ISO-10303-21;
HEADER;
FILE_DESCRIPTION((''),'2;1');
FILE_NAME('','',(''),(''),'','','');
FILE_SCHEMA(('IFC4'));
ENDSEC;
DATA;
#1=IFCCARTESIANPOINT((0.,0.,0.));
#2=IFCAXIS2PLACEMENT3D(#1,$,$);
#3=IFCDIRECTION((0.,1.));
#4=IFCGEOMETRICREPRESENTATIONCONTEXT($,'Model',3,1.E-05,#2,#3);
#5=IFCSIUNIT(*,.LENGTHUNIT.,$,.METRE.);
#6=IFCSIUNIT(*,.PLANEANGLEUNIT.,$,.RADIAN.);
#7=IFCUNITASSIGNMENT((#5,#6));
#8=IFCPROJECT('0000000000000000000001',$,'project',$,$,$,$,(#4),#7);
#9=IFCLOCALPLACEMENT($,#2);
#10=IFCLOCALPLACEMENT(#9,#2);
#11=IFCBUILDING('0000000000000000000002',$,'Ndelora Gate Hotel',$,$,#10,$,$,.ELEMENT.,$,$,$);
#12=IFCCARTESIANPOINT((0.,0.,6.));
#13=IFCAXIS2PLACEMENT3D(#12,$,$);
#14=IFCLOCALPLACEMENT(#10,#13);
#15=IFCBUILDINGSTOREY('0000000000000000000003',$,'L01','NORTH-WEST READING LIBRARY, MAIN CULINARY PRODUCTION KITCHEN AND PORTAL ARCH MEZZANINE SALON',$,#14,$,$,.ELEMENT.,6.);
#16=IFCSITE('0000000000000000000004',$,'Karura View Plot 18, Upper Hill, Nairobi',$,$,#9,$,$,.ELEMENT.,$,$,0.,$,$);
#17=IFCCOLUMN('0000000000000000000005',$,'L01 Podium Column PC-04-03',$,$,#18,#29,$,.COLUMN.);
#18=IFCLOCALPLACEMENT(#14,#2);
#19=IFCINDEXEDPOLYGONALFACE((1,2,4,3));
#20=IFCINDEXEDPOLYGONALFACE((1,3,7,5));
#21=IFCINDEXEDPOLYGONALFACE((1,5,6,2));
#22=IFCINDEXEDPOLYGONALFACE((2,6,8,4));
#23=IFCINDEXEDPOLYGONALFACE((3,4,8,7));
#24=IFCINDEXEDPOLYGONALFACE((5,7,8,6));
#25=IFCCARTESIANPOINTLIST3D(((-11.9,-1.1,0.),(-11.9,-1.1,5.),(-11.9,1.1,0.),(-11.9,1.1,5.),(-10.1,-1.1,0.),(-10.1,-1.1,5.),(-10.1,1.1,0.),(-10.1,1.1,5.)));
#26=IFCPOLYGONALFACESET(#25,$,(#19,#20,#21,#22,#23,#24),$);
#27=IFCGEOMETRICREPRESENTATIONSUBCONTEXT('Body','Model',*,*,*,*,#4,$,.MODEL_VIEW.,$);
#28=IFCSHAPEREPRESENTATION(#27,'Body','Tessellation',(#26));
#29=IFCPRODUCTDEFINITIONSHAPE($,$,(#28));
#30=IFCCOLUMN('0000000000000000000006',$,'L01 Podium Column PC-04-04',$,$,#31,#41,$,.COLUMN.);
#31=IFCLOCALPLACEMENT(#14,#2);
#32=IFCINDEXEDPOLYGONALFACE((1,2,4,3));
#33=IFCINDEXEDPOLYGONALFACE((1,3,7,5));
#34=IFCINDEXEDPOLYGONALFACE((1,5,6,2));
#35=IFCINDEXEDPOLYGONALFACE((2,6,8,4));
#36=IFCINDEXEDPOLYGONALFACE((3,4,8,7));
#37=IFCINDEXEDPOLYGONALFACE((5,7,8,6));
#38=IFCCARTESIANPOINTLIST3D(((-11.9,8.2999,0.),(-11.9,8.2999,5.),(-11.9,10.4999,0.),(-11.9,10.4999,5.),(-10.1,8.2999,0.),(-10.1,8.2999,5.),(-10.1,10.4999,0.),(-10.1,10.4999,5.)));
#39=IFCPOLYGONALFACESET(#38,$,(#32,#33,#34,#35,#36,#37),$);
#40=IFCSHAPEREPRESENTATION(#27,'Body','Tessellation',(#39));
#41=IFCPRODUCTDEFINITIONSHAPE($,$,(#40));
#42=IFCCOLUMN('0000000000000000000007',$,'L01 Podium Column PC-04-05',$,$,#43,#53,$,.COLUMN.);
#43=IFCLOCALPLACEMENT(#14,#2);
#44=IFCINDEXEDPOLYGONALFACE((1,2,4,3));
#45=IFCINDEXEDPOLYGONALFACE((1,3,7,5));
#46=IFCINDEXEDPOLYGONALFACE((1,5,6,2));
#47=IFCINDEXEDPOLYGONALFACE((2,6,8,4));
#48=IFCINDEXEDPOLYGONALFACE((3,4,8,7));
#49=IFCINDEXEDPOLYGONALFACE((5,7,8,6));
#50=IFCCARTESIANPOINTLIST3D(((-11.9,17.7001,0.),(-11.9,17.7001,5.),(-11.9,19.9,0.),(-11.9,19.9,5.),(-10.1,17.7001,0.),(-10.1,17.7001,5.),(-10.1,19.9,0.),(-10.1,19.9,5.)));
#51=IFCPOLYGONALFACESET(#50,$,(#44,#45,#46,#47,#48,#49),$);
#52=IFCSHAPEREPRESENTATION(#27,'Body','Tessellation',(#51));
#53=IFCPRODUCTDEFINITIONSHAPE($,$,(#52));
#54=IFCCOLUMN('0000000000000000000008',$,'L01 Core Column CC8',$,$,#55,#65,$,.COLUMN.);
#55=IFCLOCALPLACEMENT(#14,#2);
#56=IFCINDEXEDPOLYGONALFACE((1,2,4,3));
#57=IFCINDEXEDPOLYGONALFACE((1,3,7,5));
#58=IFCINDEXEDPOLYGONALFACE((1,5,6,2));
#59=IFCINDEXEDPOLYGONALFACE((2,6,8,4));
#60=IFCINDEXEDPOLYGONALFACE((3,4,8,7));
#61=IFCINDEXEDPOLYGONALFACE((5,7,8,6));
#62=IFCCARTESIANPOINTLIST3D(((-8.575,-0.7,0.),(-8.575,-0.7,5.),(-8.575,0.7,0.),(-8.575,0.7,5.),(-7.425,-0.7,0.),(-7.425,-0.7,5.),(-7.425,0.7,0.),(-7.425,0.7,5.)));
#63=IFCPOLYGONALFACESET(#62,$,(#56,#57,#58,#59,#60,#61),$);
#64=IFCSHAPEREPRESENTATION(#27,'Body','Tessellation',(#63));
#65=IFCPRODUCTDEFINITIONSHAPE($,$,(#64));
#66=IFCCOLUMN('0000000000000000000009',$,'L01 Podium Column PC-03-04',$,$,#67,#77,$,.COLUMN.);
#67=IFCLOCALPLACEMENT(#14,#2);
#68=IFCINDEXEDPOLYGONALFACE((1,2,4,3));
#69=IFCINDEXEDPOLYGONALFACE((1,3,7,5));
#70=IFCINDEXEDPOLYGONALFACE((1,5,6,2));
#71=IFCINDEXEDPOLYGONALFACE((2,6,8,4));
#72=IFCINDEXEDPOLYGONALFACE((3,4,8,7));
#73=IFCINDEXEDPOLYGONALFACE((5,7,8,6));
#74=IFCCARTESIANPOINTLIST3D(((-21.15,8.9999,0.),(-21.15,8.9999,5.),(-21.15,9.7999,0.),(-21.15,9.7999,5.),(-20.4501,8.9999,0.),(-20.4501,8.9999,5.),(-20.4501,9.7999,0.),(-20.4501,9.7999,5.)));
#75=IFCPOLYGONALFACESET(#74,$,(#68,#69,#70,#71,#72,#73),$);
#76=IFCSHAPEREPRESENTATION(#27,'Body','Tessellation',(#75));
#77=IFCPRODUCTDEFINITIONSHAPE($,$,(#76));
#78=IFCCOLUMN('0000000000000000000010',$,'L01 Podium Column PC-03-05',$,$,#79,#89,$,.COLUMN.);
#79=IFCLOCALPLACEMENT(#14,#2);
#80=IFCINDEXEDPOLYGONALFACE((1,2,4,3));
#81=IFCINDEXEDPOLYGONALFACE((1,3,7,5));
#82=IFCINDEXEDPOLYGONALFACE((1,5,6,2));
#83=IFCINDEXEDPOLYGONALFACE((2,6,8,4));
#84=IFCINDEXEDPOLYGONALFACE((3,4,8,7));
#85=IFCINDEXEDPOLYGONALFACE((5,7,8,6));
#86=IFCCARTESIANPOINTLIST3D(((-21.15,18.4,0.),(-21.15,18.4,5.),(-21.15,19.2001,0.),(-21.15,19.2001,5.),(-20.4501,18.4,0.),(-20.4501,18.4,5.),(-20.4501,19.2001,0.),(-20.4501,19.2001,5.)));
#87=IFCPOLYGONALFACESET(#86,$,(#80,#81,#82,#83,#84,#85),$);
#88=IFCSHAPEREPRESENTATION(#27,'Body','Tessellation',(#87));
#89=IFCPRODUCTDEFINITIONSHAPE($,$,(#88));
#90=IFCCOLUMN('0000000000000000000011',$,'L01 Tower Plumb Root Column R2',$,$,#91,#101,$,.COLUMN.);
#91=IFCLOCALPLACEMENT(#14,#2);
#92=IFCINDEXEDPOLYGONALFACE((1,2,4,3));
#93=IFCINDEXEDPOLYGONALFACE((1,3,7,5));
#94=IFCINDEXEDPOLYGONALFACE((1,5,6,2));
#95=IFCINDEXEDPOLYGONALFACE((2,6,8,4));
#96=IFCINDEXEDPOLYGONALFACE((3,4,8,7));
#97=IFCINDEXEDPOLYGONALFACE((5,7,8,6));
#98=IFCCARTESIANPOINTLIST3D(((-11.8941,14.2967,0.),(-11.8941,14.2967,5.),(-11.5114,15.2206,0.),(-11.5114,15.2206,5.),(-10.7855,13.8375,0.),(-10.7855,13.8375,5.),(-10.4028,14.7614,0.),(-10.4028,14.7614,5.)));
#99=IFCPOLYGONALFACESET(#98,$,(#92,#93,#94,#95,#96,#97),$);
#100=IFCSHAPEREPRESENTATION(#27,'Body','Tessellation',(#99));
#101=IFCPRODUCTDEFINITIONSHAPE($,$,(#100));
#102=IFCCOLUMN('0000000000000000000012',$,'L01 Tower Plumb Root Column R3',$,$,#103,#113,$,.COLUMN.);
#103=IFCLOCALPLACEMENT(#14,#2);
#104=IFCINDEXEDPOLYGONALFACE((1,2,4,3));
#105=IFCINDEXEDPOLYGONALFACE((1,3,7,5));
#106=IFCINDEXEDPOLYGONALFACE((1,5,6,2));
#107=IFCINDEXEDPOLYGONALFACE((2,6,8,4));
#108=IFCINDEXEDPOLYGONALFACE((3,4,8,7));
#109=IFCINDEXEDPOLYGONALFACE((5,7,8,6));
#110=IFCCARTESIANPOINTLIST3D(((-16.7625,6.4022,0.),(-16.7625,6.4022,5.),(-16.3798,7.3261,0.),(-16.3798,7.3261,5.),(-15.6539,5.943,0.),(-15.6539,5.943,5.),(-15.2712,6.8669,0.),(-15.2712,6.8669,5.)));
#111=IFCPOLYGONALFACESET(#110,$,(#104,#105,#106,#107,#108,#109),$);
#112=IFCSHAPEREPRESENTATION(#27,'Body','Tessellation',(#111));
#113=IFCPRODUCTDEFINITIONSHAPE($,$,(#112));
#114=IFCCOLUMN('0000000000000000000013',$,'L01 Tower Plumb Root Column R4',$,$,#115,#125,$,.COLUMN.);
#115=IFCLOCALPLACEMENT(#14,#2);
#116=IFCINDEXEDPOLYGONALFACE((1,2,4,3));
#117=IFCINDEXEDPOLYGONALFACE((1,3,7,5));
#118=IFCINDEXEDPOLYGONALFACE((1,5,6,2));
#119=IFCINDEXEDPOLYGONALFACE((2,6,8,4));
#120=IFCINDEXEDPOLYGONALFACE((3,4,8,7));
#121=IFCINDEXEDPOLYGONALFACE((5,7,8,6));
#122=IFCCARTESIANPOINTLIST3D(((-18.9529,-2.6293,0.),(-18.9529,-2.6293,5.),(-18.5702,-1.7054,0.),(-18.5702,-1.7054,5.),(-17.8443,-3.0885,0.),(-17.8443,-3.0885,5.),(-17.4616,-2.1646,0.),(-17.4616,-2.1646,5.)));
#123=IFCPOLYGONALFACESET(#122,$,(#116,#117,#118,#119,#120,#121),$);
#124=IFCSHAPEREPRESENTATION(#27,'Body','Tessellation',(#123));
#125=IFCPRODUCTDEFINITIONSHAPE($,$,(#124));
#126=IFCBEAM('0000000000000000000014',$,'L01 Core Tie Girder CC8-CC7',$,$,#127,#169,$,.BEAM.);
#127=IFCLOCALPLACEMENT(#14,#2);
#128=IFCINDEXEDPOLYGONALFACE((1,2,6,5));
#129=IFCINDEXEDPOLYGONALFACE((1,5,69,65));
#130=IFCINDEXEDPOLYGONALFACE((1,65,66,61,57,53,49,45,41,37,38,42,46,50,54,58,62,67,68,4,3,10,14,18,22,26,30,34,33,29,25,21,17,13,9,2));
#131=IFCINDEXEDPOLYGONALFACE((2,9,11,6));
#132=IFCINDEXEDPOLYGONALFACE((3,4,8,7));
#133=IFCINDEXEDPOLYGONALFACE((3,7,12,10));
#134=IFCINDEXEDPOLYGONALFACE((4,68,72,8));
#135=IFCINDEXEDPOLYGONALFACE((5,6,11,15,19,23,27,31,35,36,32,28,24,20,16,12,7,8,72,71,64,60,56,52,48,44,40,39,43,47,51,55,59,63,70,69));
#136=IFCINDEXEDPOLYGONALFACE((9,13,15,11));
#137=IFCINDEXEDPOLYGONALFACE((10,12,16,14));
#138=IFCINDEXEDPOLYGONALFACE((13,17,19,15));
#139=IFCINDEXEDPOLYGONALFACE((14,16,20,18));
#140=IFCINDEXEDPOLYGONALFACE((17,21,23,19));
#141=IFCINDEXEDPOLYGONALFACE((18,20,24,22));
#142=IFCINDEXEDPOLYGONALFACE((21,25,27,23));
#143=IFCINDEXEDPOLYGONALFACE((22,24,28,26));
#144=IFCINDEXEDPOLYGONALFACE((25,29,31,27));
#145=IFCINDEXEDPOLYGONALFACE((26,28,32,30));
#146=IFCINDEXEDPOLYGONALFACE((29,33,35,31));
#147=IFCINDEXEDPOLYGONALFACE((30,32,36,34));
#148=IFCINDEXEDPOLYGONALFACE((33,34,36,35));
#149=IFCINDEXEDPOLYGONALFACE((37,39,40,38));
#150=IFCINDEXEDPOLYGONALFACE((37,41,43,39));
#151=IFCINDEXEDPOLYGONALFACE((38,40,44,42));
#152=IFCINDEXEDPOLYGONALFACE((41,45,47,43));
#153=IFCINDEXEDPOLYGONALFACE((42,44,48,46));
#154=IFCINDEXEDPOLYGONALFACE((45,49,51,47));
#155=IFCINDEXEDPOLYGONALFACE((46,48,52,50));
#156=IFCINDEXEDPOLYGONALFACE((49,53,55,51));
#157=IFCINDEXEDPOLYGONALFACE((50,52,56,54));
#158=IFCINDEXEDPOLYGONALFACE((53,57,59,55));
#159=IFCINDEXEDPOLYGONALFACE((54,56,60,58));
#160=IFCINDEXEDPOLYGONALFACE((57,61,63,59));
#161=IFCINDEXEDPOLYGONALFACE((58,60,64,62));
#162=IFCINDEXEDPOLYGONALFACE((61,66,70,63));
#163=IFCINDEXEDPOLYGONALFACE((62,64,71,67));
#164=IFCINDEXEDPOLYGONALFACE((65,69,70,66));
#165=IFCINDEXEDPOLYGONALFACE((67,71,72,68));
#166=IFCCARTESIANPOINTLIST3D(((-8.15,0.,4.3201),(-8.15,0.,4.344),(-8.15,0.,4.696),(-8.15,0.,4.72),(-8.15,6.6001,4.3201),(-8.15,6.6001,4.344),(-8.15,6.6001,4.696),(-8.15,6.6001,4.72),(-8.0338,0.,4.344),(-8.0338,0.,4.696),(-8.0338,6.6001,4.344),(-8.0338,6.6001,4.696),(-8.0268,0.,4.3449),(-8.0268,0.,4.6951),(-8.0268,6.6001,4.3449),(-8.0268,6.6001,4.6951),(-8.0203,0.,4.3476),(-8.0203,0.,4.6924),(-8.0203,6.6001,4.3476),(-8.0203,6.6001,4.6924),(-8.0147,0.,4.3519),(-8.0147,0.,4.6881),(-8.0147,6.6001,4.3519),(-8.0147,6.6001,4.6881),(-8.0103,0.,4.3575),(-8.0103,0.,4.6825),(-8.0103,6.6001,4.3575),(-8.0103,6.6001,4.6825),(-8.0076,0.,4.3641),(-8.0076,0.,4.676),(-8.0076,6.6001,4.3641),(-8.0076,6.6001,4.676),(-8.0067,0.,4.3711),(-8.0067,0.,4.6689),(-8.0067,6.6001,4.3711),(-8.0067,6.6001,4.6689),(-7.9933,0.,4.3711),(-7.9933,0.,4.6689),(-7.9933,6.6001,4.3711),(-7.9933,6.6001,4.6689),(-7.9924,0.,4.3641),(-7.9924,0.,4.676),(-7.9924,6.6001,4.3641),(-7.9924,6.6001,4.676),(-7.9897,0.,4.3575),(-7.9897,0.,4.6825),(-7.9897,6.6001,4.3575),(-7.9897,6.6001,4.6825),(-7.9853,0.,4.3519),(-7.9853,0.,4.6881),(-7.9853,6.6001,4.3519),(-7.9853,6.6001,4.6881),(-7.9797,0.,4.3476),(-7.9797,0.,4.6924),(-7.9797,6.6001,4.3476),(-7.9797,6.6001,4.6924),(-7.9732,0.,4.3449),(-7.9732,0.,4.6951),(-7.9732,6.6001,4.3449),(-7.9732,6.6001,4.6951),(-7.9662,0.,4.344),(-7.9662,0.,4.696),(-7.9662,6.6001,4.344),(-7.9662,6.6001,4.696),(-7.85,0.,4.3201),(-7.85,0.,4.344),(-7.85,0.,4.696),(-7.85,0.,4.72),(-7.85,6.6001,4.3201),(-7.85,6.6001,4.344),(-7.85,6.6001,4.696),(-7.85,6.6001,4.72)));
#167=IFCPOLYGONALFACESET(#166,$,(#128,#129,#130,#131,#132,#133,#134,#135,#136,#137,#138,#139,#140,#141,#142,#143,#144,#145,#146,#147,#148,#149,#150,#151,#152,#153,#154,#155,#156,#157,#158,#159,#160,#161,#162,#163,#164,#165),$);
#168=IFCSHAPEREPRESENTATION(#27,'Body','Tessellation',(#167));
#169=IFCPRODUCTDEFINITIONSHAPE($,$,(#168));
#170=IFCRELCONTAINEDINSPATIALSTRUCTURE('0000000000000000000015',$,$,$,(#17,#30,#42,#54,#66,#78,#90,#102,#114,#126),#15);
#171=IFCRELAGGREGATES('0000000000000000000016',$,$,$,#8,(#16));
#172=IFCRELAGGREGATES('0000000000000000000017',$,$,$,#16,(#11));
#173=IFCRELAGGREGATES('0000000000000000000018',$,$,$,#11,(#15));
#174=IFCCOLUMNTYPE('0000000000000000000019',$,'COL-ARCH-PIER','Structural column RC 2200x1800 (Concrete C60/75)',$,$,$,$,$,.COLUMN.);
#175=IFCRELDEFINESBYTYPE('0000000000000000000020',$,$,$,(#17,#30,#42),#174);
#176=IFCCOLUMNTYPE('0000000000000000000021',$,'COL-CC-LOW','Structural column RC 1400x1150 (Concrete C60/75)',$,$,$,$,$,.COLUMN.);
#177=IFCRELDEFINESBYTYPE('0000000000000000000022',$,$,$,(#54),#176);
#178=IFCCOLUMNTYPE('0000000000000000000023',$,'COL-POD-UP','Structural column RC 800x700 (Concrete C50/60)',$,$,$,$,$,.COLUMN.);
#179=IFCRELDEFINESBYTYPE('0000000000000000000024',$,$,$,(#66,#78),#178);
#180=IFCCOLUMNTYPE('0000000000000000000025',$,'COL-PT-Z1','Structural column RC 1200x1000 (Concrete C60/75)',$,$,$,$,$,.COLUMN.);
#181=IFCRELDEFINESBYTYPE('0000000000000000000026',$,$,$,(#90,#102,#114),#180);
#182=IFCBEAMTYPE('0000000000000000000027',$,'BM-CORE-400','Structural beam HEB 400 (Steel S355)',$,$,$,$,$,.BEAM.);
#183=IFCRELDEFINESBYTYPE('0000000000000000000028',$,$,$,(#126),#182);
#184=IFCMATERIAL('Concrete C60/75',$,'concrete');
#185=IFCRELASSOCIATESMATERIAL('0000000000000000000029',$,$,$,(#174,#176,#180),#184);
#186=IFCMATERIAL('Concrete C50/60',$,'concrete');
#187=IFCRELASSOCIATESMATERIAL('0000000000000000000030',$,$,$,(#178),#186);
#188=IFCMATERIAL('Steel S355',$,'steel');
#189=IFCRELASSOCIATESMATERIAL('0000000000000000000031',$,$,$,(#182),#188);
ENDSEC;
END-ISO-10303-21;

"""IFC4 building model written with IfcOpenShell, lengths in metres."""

from ifc_helpers import new_model, si_unit, direction, frame, origin, origin_2d, place, context, subcontext, project, spatial, rectangle, i_section, extrude, material, material_profile, profile_set, type_object, element, save


model = new_model("IFC4")

# Units and contexts
model_context = context("Model", 3, precision=1e-05, world=origin(), true_north=direction((0.0, 1.0)))
body_context = subcontext(model_context, "Body", "Model", "MODEL_VIEW")
ifc_project = project(units=[si_unit("LENGTHUNIT", "METRE"), si_unit("PLANEANGLEUNIT", "RADIAN")], contexts=[model_context])

# Site, building, storey
site_placement = place(None, origin())
site = spatial("IfcSite", under=ifc_project, at=site_placement, Name="Karura View Plot 18, Upper Hill, Nairobi", CompositionType="ELEMENT", RefElevation=0.0)
building_placement = place(site_placement, origin())
building = spatial("IfcBuilding", under=site, at=building_placement, Name="Ndelora Gate Hotel", CompositionType="ELEMENT")
storey_placement = place(building_placement, frame((0.0, 0.0, 6.0)))
storey = spatial("IfcBuildingStorey", under=building, at=storey_placement, Name="L01", Description="NORTH-WEST READING LIBRARY, MAIN CULINARY PRODUCTION KITCHEN AND PORTAL ARCH MEZZANINE SALON", CompositionType="ELEMENT", Elevation=6.0)

# Columns
ifc_material_1 = material(Name="Concrete C60/75", Category="concrete")
ifc_material_profile_1 = material_profile(ifc_material_1, rectangle(XDim=1.8, YDim=2.2, at=origin_2d()), Name="RC 2200x1800")
ifc_profile_set_1 = profile_set([ifc_material_profile_1], Name="Concrete C60/75")
column_type_1 = type_object("IfcColumnType", Name="COL-ARCH-PIER", Description="Structural column RC 2200x1800 (Concrete C60/75)", PredefinedType="COLUMN", material=ifc_profile_set_1)
for number, where, z_axis, x_axis, name in (
    (1, (-11.0, 0.0, 0.0), (0.0, 0.0, 1.0), (1.0, 0.0, 0.0), "L01 Podium Column PC-04-03"),
    (2, (-11.0, 9.3999, 0.0), (0.0, 0.0, 1.0), (1.0, 0.0, 0.0), "L01 Podium Column PC-04-04"),
    (3, (-11.0, 18.8, 0.0), (0.0, 0.0, 1.0), (1.0, 0.0, 0.0), "L01 Podium Column PC-04-05"),
):
    element("IfcColumn", number, at=place(storey_placement, frame(where, z_axis=z_axis, x_axis=x_axis)), inside=storey, type_object=column_type_1, Name=name, PredefinedType="COLUMN", context=body_context, shape_type="SweptSolid", body=[
        extrude(rectangle(XDim=1.8, YDim=2.2, at=origin_2d()), origin(), (0.0, 0.0, 1.0), 5.0),
    ])
ifc_material_profile_2 = material_profile(ifc_material_1, rectangle(XDim=1.1499, YDim=1.3999, at=origin_2d()), Name="RC 1400x1150")
ifc_profile_set_2 = profile_set([ifc_material_profile_2], Name="Concrete C60/75")
column_type_2 = type_object("IfcColumnType", Name="COL-CC-LOW", Description="Structural column RC 1400x1150 (Concrete C60/75)", PredefinedType="COLUMN", material=ifc_profile_set_2)
column_placement = place(storey_placement, frame((-8.0, 0.0, 0.0), z_axis=(0.0, 0.0, 1.0), x_axis=(1.0, 0.0, 0.0)))
element("IfcColumn", 4, at=column_placement, inside=storey, type_object=column_type_2, Name="L01 Core Column CC8", PredefinedType="COLUMN", context=body_context, shape_type="SweptSolid", body=[
    extrude(rectangle(XDim=1.1499, YDim=1.3999, at=origin_2d()), origin(), (0.0, 0.0, 1.0), 5.0),
])
ifc_material_2 = material(Name="Concrete C50/60", Category="concrete")
ifc_material_profile_3 = material_profile(ifc_material_2, rectangle(XDim=0.7, YDim=0.8, at=origin_2d()), Name="RC 800x700")
ifc_profile_set_3 = profile_set([ifc_material_profile_3], Name="Concrete C50/60")
column_type_3 = type_object("IfcColumnType", Name="COL-POD-UP", Description="Structural column RC 800x700 (Concrete C50/60)", PredefinedType="COLUMN", material=ifc_profile_set_3)
for number, where, z_axis, x_axis, name in (
    (5, (-20.8, 9.3999, 0.0), (0.0, 0.0, 1.0), (1.0, 0.0, 0.0), "L01 Podium Column PC-03-04"),
    (6, (-20.8, 18.8, 0.0), (0.0, 0.0, 1.0), (1.0, 0.0, 0.0), "L01 Podium Column PC-03-05"),
):
    element("IfcColumn", number, at=place(storey_placement, frame(where, z_axis=z_axis, x_axis=x_axis)), inside=storey, type_object=column_type_3, Name=name, PredefinedType="COLUMN", context=body_context, shape_type="SweptSolid", body=[
        extrude(rectangle(XDim=0.7, YDim=0.8, at=origin_2d()), origin(), (0.0, 0.0, 1.0), 5.0),
    ])
ifc_material_profile_4 = material_profile(ifc_material_1, rectangle(XDim=1.0, YDim=1.2, at=origin_2d()), Name="RC 1200x1000")
ifc_profile_set_4 = profile_set([ifc_material_profile_4], Name="Concrete C60/75")
column_type_4 = type_object("IfcColumnType", Name="COL-PT-Z1", Description="Structural column RC 1200x1000 (Concrete C60/75)", PredefinedType="COLUMN", material=ifc_profile_set_4)
for number, where, z_axis, x_axis, name in (
    (7, (-11.1484, 14.5291, 0.0), (0.0, 0.0, 1.0), (0.382683, 0.92388, 0.0), "L01 Tower Plumb Root Column R2"),
    (8, (-16.0168, 6.6345, 0.0), (0.0, 0.0, 1.0), (0.382683, 0.92388, 0.0), "L01 Tower Plumb Root Column R3"),
    (9, (-18.2073, -2.397, 0.0), (0.0, 0.0, 1.0), (0.382683, 0.92388, 0.0), "L01 Tower Plumb Root Column R4"),
):
    element("IfcColumn", number, at=place(storey_placement, frame(where, z_axis=z_axis, x_axis=x_axis)), inside=storey, type_object=column_type_4, Name=name, PredefinedType="COLUMN", context=body_context, shape_type="SweptSolid", body=[
        extrude(rectangle(XDim=1.0, YDim=1.2, at=origin_2d()), origin(), (0.0, 0.0, 1.0), 5.0),
    ])

# Beam
ifc_material_3 = material(Name="Steel S355", Category="steel")
ifc_material_profile_5 = material_profile(ifc_material_3, i_section(OverallWidth=0.3, OverallDepth=0.3999, WebThickness=0.0134, FlangeThickness=0.0239, FilletRadius=0.0271, at=origin_2d()), Name="HEB 400")
ifc_profile_set_5 = profile_set([ifc_material_profile_5], Name="Steel S355")
beam_type_1 = type_object("IfcBeamType", Name="BM-CORE-400", Description="Structural beam HEB 400 (Steel S355)", PredefinedType="BEAM", material=ifc_profile_set_5)
beam_1_placement = place(storey_placement, frame((-8.0, 0.0, 4.52), z_axis=(0.0, 1.0, 0.0), x_axis=(-1.0, 0.0, 0.0)))
element("IfcBeam", 10, at=beam_1_placement, inside=storey, type_object=beam_type_1, Name="L01 Core Tie Girder CC8-CC7", PredefinedType="BEAM", context=body_context, shape_type="SweptSolid", body=[
    extrude(i_section(OverallWidth=0.3, OverallDepth=0.3999, WebThickness=0.0134, FlangeThickness=0.0239, FilletRadius=0.0271, at=origin_2d()), origin(), (0.0, 0.0, 1.0), 6.6001),
])

save(model, "model.ifc")
